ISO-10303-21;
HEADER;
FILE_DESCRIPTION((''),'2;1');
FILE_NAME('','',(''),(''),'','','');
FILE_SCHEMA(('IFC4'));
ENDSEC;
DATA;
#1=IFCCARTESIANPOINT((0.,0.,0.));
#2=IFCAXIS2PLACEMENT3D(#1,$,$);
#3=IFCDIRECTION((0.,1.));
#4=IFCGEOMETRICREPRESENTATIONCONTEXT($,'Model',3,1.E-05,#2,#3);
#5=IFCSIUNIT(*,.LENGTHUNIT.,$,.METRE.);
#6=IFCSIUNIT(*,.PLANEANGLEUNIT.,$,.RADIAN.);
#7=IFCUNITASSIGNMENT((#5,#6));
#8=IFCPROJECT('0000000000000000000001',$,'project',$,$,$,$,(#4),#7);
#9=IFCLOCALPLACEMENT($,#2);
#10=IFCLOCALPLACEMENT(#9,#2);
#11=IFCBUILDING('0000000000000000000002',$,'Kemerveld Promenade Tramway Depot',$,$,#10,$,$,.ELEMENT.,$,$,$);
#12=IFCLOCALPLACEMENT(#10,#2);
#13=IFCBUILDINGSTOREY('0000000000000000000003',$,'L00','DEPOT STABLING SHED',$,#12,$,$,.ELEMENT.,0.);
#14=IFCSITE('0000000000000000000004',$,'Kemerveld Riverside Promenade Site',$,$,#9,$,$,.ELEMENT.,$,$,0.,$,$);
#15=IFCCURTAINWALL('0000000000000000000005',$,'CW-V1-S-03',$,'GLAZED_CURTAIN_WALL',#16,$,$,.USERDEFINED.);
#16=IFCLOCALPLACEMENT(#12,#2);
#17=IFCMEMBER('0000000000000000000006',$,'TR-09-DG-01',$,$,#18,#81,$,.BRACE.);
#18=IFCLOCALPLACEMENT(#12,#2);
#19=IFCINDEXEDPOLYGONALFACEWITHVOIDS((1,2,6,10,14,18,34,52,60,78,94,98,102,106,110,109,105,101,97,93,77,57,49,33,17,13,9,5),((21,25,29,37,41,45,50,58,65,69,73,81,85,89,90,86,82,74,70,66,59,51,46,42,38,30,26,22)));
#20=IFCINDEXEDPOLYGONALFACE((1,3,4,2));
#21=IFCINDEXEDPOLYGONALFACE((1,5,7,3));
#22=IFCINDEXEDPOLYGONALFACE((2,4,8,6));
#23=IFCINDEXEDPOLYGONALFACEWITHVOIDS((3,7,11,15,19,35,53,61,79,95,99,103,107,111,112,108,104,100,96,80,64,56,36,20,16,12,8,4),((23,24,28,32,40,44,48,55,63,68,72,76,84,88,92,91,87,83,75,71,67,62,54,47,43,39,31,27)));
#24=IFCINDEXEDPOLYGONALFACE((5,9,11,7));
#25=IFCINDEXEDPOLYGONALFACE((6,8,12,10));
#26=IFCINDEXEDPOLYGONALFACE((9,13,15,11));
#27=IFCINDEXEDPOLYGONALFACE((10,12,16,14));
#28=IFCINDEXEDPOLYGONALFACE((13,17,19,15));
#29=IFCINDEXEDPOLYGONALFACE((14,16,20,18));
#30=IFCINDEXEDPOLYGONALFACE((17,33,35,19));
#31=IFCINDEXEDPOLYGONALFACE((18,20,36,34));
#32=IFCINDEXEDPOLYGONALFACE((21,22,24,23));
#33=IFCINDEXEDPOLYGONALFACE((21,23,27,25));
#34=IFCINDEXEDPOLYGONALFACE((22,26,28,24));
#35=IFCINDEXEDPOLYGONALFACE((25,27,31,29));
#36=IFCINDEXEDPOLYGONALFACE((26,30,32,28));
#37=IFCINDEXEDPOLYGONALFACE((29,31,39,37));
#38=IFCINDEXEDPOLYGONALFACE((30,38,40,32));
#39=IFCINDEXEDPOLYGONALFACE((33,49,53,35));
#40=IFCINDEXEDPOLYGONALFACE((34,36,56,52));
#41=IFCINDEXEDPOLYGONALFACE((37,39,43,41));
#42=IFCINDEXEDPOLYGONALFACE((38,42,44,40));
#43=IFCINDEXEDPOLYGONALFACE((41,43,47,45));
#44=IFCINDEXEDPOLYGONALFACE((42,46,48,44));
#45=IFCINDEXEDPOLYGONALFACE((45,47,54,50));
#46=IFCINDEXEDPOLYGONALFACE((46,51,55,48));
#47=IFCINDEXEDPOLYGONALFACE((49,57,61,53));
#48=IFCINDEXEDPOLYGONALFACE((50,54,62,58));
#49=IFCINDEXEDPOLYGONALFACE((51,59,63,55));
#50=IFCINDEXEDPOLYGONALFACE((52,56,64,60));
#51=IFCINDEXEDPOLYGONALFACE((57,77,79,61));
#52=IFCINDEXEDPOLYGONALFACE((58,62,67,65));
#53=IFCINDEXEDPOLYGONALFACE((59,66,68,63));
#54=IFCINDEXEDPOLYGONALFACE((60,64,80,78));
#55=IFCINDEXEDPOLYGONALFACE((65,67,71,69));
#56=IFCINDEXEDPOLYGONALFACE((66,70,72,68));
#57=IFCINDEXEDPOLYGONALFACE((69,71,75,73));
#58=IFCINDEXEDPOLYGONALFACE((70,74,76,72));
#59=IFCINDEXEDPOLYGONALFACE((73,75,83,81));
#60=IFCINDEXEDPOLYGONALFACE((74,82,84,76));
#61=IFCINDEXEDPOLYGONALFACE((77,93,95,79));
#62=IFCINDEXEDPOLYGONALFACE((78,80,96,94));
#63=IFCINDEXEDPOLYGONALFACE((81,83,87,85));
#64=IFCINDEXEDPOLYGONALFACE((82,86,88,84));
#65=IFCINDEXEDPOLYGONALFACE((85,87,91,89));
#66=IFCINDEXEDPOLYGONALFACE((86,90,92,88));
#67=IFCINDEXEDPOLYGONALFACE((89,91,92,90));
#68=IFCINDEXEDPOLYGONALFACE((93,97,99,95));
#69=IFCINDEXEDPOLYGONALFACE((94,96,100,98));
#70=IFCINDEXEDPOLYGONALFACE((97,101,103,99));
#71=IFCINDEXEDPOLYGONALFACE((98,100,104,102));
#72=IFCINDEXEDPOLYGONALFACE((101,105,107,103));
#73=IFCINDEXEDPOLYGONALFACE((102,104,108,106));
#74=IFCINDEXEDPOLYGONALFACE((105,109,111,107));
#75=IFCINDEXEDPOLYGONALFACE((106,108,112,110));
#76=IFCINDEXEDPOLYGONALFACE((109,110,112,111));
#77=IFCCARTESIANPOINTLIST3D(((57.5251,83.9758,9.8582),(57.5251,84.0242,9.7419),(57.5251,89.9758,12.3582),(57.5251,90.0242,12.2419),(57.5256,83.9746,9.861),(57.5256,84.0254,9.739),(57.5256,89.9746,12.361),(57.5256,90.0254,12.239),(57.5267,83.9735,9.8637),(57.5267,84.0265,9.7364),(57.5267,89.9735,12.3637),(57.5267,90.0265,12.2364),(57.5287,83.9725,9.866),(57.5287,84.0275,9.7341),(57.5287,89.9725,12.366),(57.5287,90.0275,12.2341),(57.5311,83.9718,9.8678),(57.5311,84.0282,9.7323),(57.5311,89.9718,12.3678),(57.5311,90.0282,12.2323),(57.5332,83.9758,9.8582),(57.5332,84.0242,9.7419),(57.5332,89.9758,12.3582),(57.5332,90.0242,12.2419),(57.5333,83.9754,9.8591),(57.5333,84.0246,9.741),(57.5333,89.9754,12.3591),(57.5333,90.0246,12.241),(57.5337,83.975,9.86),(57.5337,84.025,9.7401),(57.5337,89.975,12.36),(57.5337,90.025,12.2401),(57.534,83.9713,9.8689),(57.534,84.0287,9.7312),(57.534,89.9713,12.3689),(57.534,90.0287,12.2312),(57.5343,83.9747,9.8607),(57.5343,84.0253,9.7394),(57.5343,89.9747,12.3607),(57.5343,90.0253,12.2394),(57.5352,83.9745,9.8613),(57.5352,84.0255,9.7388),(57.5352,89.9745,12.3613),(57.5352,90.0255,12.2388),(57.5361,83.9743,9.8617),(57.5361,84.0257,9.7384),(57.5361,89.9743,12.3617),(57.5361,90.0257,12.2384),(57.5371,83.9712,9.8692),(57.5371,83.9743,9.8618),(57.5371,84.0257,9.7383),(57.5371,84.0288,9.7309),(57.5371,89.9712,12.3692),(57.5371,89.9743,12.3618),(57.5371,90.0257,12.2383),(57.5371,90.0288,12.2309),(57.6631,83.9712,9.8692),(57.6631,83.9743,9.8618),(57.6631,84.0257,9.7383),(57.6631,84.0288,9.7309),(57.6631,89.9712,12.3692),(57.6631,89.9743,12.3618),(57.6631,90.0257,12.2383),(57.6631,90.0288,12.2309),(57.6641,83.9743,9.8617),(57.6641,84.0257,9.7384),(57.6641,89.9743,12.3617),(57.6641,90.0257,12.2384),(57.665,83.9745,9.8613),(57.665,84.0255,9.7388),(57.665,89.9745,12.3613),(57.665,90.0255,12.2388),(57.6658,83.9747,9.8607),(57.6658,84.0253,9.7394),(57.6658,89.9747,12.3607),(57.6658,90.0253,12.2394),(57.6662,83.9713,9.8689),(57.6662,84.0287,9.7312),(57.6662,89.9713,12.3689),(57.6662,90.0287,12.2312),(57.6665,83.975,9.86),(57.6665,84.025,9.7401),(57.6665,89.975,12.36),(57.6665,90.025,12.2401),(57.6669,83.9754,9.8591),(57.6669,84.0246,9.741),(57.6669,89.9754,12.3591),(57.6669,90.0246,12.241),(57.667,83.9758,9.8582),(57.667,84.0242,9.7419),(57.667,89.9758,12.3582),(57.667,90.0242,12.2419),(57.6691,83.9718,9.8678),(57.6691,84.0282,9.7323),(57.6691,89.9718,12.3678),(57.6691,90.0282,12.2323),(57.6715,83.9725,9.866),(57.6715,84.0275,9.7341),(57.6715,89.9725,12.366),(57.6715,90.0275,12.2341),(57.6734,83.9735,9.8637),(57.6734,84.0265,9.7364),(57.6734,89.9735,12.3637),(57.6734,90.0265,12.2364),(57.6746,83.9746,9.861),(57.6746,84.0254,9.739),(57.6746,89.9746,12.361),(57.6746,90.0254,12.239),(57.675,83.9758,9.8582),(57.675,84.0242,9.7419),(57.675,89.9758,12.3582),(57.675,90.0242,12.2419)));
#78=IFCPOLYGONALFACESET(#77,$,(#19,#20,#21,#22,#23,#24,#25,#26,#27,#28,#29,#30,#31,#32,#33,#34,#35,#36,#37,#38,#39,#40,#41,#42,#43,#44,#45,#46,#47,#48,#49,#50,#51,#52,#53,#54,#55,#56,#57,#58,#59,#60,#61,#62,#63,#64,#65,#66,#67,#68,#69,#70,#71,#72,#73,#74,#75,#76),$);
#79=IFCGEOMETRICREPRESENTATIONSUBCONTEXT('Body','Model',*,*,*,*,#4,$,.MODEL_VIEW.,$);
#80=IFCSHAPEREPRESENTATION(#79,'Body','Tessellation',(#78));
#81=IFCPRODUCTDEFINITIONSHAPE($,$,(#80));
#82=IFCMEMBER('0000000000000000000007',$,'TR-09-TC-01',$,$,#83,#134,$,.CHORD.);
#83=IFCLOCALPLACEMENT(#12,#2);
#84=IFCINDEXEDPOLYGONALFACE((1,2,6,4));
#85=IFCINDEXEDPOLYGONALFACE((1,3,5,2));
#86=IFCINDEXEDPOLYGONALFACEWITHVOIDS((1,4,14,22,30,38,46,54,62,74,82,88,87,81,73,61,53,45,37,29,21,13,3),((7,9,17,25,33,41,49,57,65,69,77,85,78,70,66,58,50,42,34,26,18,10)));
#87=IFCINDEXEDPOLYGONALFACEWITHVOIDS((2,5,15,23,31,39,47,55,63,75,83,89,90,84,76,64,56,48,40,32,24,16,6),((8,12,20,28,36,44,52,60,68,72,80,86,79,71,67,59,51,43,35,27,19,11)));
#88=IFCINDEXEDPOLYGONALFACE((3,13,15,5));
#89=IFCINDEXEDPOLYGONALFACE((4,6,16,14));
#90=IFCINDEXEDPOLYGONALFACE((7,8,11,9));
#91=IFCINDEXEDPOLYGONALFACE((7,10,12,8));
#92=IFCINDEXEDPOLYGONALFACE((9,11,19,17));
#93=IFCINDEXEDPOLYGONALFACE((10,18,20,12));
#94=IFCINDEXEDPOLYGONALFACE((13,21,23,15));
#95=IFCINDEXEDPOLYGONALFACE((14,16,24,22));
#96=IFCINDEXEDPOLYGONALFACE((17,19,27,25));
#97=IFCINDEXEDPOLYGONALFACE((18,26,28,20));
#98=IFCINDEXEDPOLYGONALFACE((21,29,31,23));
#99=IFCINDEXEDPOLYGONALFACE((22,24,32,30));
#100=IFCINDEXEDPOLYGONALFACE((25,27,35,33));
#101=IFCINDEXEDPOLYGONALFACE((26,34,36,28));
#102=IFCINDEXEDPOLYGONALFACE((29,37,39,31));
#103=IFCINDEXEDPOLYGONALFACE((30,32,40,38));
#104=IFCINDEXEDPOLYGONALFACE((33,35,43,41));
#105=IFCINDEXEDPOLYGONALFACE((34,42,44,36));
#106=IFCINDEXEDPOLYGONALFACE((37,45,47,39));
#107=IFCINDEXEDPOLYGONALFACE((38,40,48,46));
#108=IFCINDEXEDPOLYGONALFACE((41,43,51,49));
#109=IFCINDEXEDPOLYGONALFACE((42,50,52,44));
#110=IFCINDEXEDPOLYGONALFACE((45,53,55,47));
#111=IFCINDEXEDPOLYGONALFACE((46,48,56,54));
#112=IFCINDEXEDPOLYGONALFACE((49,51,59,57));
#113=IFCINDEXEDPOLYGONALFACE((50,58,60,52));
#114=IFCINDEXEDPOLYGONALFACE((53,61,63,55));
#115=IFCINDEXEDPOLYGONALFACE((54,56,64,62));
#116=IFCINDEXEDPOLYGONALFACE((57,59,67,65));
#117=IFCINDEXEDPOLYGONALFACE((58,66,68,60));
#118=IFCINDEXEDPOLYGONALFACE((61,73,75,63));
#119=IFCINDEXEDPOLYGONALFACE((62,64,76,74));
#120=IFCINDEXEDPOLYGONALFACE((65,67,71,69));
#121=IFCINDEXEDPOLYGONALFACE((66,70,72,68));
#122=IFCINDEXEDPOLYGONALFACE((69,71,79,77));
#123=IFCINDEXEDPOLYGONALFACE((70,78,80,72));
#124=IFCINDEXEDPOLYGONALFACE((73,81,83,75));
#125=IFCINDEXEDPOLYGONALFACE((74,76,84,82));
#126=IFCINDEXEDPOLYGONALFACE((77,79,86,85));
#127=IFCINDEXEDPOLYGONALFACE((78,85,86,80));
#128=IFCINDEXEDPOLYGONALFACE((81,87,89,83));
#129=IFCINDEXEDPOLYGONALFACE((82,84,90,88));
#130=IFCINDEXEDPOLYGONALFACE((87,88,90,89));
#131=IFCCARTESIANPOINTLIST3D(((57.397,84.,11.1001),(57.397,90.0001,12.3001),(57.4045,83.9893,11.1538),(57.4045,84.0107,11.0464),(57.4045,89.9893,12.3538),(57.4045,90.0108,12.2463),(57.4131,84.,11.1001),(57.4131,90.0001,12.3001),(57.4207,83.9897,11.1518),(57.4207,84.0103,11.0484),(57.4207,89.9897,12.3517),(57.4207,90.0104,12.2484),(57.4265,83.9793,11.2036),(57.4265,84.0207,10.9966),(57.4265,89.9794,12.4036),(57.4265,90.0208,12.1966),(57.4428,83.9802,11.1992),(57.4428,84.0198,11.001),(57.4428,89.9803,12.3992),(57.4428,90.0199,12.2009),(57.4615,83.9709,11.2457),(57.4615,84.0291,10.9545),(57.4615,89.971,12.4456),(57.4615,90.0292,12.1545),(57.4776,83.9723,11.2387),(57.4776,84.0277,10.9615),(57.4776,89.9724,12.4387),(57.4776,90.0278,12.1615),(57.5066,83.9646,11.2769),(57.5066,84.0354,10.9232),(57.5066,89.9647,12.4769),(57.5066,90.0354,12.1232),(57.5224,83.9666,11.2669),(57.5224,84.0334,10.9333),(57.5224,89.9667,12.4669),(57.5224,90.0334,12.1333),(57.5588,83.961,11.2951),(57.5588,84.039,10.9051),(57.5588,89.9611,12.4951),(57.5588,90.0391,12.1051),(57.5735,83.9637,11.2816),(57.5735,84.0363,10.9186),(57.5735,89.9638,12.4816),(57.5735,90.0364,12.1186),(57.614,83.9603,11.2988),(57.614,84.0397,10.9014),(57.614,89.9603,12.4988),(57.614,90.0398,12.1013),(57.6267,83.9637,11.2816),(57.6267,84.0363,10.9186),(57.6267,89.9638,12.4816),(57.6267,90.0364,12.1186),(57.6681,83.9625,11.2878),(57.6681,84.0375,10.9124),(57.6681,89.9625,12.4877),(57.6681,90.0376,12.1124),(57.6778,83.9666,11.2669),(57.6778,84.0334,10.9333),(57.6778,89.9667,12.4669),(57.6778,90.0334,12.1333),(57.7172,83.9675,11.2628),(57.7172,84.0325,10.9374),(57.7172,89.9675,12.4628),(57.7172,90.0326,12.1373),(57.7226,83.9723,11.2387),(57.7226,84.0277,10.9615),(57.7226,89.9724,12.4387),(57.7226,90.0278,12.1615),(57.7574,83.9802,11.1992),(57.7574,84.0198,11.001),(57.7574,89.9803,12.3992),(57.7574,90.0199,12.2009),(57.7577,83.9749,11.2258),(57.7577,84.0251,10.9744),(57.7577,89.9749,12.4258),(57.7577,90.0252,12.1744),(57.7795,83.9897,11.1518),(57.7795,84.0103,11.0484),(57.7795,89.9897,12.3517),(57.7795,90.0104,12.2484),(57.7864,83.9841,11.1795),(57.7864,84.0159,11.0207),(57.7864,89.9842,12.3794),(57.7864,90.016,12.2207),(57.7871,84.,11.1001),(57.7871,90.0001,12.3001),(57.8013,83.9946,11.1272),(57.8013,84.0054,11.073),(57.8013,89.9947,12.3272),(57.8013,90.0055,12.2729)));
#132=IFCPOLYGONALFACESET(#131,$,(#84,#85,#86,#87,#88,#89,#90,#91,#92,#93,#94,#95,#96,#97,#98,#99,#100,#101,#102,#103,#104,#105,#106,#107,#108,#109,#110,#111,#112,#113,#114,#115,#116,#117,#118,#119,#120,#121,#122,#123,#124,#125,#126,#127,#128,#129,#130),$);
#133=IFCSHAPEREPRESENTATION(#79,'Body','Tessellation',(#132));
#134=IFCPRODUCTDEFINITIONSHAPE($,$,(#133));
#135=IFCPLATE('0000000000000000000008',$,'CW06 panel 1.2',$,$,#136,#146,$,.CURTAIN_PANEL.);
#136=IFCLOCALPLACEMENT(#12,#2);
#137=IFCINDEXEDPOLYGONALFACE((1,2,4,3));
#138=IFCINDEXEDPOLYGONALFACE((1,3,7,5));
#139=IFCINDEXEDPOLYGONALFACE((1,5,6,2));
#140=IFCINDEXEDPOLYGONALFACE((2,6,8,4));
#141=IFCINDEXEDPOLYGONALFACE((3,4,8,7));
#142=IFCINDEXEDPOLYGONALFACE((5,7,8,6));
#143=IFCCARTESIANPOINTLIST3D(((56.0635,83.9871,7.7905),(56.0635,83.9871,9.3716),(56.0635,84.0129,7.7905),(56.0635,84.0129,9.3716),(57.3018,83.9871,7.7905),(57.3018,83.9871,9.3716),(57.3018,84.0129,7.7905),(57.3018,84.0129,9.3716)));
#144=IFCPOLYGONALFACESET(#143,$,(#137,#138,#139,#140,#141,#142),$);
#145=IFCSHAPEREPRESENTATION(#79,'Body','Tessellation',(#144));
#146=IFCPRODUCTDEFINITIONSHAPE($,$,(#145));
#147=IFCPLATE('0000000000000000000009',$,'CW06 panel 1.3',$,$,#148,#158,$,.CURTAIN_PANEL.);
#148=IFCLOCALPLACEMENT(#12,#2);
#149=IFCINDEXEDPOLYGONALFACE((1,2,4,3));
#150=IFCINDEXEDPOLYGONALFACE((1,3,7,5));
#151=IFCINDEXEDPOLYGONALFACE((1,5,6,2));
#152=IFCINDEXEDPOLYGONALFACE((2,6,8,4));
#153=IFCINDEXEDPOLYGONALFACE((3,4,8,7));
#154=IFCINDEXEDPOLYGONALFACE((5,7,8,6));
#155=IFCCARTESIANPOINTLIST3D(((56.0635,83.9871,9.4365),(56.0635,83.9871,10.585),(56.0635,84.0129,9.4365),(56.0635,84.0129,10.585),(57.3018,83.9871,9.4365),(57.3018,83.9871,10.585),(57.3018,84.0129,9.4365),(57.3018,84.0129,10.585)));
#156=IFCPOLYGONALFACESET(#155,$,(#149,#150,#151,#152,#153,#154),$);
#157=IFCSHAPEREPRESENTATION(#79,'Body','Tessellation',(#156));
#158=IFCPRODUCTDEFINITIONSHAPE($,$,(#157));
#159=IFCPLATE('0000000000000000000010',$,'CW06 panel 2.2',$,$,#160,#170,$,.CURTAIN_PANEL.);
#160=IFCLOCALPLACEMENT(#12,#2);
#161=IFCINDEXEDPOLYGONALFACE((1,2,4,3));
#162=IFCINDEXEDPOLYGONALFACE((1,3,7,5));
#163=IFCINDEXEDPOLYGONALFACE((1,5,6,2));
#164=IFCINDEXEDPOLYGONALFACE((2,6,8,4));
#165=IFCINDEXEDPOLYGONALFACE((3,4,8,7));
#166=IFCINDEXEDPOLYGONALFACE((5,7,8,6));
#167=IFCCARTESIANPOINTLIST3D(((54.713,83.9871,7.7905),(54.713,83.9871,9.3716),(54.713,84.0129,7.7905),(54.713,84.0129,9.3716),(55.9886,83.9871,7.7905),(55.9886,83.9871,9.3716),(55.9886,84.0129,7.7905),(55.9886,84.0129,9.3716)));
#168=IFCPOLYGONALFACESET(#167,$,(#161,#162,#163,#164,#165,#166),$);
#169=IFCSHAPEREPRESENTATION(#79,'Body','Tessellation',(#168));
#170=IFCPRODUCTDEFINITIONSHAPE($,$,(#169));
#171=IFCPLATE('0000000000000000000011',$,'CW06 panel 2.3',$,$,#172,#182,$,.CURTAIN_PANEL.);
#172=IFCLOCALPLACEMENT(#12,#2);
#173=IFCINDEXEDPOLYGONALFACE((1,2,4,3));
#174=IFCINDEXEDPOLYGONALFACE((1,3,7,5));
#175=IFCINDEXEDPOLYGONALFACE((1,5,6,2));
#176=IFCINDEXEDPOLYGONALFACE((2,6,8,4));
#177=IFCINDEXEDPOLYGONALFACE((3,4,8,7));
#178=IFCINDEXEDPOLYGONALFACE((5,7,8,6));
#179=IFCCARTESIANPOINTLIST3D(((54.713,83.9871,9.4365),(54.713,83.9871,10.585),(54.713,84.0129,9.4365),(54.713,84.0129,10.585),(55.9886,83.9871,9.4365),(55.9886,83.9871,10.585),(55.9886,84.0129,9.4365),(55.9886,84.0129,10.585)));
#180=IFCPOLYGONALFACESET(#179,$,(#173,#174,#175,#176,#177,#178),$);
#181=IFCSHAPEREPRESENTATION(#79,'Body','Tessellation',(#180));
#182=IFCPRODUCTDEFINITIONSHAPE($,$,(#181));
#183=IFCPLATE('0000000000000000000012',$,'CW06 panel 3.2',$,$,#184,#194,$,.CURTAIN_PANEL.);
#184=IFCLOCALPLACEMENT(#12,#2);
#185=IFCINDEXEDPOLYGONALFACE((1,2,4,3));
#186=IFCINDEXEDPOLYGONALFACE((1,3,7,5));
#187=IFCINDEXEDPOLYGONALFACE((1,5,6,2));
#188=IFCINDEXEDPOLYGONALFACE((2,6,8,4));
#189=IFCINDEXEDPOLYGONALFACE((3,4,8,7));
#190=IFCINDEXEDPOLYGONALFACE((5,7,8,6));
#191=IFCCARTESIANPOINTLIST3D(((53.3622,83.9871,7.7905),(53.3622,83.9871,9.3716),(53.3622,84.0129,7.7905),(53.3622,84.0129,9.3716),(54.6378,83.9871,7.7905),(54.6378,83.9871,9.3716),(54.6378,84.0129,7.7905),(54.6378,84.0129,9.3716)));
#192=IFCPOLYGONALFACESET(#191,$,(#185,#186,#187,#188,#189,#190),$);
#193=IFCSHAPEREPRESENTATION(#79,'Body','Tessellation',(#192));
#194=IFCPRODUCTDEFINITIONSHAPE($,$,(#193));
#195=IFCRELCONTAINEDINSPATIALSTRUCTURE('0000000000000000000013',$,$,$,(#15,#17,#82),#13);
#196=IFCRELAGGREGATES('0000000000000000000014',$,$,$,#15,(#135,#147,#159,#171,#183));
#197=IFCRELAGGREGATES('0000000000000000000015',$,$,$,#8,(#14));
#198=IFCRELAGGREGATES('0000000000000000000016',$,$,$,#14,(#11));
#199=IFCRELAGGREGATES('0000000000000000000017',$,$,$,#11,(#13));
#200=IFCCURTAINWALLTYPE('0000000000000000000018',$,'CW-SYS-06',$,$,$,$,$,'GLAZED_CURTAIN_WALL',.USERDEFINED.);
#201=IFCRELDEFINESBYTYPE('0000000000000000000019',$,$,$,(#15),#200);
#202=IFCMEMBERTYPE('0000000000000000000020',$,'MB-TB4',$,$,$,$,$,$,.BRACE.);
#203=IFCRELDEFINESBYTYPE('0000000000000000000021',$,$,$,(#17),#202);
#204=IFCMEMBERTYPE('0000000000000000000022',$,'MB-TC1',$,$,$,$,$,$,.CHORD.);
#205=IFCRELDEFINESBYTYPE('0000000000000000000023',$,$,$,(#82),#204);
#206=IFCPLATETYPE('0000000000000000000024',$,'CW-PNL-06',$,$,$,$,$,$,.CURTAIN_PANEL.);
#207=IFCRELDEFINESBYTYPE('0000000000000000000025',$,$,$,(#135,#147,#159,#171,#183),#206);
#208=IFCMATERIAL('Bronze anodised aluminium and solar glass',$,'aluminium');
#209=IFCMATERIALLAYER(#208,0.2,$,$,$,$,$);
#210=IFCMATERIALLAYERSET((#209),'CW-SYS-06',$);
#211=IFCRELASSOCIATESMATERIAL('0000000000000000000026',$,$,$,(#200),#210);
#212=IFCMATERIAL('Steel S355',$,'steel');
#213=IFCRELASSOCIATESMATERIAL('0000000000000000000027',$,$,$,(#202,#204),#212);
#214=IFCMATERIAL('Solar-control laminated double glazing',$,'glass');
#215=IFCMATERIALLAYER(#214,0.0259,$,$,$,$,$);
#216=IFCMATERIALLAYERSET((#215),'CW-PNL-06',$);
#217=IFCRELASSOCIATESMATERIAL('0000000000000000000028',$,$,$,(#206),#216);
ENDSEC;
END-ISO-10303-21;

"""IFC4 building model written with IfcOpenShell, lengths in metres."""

from ifc_helpers import new_model, si_unit, direction, frame, origin, origin_2d, place, context, subcontext, project, spatial, rectangle, hollow_rectangle, hollow_circle, extrude, material, layer, layer_set, material_profile, profile_set, type_object, element, aggregate, save


model = new_model("IFC4")

# Units and contexts
model_context = context("Model", 3, precision=1e-05, world=origin(), true_north=direction((0.0, 1.0)))
body_context = subcontext(model_context, "Body", "Model", "MODEL_VIEW")
ifc_project = project(units=[si_unit("LENGTHUNIT", "METRE"), si_unit("PLANEANGLEUNIT", "RADIAN")], contexts=[model_context])

# Site, building, storey
site_placement = place(None, origin())
site = spatial("IfcSite", under=ifc_project, at=site_placement, Name="Kemerveld Riverside Promenade Site", CompositionType="ELEMENT", RefElevation=0.0)
building_placement = place(site_placement, origin())
building = spatial("IfcBuilding", under=site, at=building_placement, Name="Kemerveld Promenade Tramway Depot", CompositionType="ELEMENT")
storey_placement = place(building_placement, origin())
storey = spatial("IfcBuildingStorey", under=building, at=storey_placement, Name="L00", Description="DEPOT STABLING SHED", CompositionType="ELEMENT", Elevation=0.0)

# Shared definitions
ifc_material_1 = material(Name="Steel S355", Category="steel")

# Curtain wall
ifc_material_2 = material(Name="Bronze anodised aluminium and solar glass", Category="aluminium")
ifc_layer_1 = layer(ifc_material_2, 0.2)
ifc_layer_set_1 = layer_set([ifc_layer_1], Name="CW-SYS-06")
curtain_wall_type_1 = type_object("IfcCurtainWallType", Name="CW-SYS-06", ElementType="GLAZED_CURTAIN_WALL", PredefinedType="USERDEFINED", material=ifc_layer_set_1)
curtain_wall_1_placement = place(storey_placement, origin())
curtain_wall_1 = element("IfcCurtainWall", 1, at=curtain_wall_1_placement, inside=storey, type_object=curtain_wall_type_1, Name="CW-V1-S-03", ObjectType="GLAZED_CURTAIN_WALL", PredefinedType="USERDEFINED")

# Members
ifc_material_profile_1 = material_profile(ifc_material_1, hollow_rectangle(XDim=0.1499, YDim=0.1499, WallThickness=0.0081, InnerFilletRadius=0.0039, OuterFilletRadius=0.012, at=origin_2d()), Name="150x150x8.0 SHS")
ifc_profile_set_1 = profile_set([ifc_material_profile_1], Name="Steel S355")
member_type_1 = type_object("IfcMemberType", Name="MB-TB4", PredefinedType="BRACE", material=ifc_profile_set_1)
member_1_placement = place(storey_placement, frame((57.6001, 84.0, 9.8), z_axis=(0.0, 0.923077, 0.384615), x_axis=(-1.0, 0.0, 0.0)))
element("IfcMember", 2, at=member_1_placement, inside=storey, type_object=member_type_1, Name="TR-09-DG-01", PredefinedType="BRACE", context=body_context, shape_type="SweptSolid", body=[
    extrude(hollow_rectangle(XDim=0.1499, YDim=0.1499, WallThickness=0.0081, InnerFilletRadius=0.0039, OuterFilletRadius=0.012, at=origin_2d()), origin(), (0.0, 0.0, 1.0), 6.5),
])
ifc_material_profile_2 = material_profile(ifc_material_1, hollow_circle(Radius=0.2031, WallThickness=0.0161, at=origin_2d()), Name="406.4x16.0 CHS")
ifc_profile_set_2 = profile_set([ifc_material_profile_2], Name="Steel S355")
member_type_2 = type_object("IfcMemberType", Name="MB-TC1", PredefinedType="CHORD", material=ifc_profile_set_2)
member_2_placement = place(storey_placement, frame((57.6001, 84.0, 11.1001), z_axis=(0.0, 0.980582, 0.196108), x_axis=(-1.0, 0.0, 0.0)))
element("IfcMember", 3, at=member_2_placement, inside=storey, type_object=member_type_2, Name="TR-09-TC-01", PredefinedType="CHORD", context=body_context, shape_type="SweptSolid", body=[
    extrude(hollow_circle(Radius=0.2031, WallThickness=0.0161, at=origin_2d()), origin(), (0.0, 0.0, 1.0), 6.1189),
])

# Plates
ifc_material_3 = material(Name="Solar-control laminated double glazing", Category="glass")
ifc_layer_2 = layer(ifc_material_3, 0.0259)
ifc_layer_set_2 = layer_set([ifc_layer_2], Name="CW-PNL-06")
plate_type_1 = type_object("IfcPlateType", Name="CW-PNL-06", PredefinedType="CURTAIN_PANEL", material=ifc_layer_set_2)
plate_1_placement = place(storey_placement, frame((56.6826, 84.0, 7.7905), z_axis=(0.0, 0.0, 1.0), x_axis=(-1.0, 0.0, 0.0)))
plate_1 = element("IfcPlate", 4, at=plate_1_placement, type_object=plate_type_1, Name="CW06 panel 1.2", PredefinedType="CURTAIN_PANEL", context=body_context, shape_type="SweptSolid", body=[
    extrude(rectangle(XDim=1.2383, YDim=0.0259, at=origin_2d()), origin(), (0.0, 0.0, 1.0), 1.5811),
])
plate_2_placement = place(storey_placement, frame((56.6826, 84.0, 9.4365), z_axis=(0.0, 0.0, 1.0), x_axis=(-1.0, 0.0, 0.0)))
plate_2 = element("IfcPlate", 5, at=plate_2_placement, type_object=plate_type_1, Name="CW06 panel 1.3", PredefinedType="CURTAIN_PANEL", context=body_context, shape_type="SweptSolid", body=[
    extrude(rectangle(XDim=1.2383, YDim=0.0259, at=origin_2d()), origin(), (0.0, 0.0, 1.0), 1.1484),
])
plate_3_placement = place(storey_placement, frame((55.3508, 84.0, 7.7905), z_axis=(0.0, 0.0, 1.0), x_axis=(-1.0, 0.0, 0.0)))
plate_3 = element("IfcPlate", 6, at=plate_3_placement, type_object=plate_type_1, Name="CW06 panel 2.2", PredefinedType="CURTAIN_PANEL", context=body_context, shape_type="SweptSolid", body=[
    extrude(rectangle(XDim=1.2756, YDim=0.0259, at=origin_2d()), origin(), (0.0, 0.0, 1.0), 1.5811),
])
plate_4_placement = place(storey_placement, frame((55.3508, 84.0, 9.4365), z_axis=(0.0, 0.0, 1.0), x_axis=(-1.0, 0.0, 0.0)))
plate_4 = element("IfcPlate", 7, at=plate_4_placement, type_object=plate_type_1, Name="CW06 panel 2.3", PredefinedType="CURTAIN_PANEL", context=body_context, shape_type="SweptSolid", body=[
    extrude(rectangle(XDim=1.2756, YDim=0.0259, at=origin_2d()), origin(), (0.0, 0.0, 1.0), 1.1484),
])
plate_5_placement = place(storey_placement, frame((54.0, 84.0, 7.7905), z_axis=(0.0, 0.0, 1.0), x_axis=(-1.0, 0.0, 0.0)))
plate_5 = element("IfcPlate", 8, at=plate_5_placement, type_object=plate_type_1, Name="CW06 panel 3.2", PredefinedType="CURTAIN_PANEL", context=body_context, shape_type="SweptSolid", body=[
    extrude(rectangle(XDim=1.2756, YDim=0.0259, at=origin_2d()), origin(), (0.0, 0.0, 1.0), 1.5811),
])
aggregate(curtain_wall_1, [plate_1, plate_2, plate_3, plate_4, plate_5])

save(model, "model.ifc")
